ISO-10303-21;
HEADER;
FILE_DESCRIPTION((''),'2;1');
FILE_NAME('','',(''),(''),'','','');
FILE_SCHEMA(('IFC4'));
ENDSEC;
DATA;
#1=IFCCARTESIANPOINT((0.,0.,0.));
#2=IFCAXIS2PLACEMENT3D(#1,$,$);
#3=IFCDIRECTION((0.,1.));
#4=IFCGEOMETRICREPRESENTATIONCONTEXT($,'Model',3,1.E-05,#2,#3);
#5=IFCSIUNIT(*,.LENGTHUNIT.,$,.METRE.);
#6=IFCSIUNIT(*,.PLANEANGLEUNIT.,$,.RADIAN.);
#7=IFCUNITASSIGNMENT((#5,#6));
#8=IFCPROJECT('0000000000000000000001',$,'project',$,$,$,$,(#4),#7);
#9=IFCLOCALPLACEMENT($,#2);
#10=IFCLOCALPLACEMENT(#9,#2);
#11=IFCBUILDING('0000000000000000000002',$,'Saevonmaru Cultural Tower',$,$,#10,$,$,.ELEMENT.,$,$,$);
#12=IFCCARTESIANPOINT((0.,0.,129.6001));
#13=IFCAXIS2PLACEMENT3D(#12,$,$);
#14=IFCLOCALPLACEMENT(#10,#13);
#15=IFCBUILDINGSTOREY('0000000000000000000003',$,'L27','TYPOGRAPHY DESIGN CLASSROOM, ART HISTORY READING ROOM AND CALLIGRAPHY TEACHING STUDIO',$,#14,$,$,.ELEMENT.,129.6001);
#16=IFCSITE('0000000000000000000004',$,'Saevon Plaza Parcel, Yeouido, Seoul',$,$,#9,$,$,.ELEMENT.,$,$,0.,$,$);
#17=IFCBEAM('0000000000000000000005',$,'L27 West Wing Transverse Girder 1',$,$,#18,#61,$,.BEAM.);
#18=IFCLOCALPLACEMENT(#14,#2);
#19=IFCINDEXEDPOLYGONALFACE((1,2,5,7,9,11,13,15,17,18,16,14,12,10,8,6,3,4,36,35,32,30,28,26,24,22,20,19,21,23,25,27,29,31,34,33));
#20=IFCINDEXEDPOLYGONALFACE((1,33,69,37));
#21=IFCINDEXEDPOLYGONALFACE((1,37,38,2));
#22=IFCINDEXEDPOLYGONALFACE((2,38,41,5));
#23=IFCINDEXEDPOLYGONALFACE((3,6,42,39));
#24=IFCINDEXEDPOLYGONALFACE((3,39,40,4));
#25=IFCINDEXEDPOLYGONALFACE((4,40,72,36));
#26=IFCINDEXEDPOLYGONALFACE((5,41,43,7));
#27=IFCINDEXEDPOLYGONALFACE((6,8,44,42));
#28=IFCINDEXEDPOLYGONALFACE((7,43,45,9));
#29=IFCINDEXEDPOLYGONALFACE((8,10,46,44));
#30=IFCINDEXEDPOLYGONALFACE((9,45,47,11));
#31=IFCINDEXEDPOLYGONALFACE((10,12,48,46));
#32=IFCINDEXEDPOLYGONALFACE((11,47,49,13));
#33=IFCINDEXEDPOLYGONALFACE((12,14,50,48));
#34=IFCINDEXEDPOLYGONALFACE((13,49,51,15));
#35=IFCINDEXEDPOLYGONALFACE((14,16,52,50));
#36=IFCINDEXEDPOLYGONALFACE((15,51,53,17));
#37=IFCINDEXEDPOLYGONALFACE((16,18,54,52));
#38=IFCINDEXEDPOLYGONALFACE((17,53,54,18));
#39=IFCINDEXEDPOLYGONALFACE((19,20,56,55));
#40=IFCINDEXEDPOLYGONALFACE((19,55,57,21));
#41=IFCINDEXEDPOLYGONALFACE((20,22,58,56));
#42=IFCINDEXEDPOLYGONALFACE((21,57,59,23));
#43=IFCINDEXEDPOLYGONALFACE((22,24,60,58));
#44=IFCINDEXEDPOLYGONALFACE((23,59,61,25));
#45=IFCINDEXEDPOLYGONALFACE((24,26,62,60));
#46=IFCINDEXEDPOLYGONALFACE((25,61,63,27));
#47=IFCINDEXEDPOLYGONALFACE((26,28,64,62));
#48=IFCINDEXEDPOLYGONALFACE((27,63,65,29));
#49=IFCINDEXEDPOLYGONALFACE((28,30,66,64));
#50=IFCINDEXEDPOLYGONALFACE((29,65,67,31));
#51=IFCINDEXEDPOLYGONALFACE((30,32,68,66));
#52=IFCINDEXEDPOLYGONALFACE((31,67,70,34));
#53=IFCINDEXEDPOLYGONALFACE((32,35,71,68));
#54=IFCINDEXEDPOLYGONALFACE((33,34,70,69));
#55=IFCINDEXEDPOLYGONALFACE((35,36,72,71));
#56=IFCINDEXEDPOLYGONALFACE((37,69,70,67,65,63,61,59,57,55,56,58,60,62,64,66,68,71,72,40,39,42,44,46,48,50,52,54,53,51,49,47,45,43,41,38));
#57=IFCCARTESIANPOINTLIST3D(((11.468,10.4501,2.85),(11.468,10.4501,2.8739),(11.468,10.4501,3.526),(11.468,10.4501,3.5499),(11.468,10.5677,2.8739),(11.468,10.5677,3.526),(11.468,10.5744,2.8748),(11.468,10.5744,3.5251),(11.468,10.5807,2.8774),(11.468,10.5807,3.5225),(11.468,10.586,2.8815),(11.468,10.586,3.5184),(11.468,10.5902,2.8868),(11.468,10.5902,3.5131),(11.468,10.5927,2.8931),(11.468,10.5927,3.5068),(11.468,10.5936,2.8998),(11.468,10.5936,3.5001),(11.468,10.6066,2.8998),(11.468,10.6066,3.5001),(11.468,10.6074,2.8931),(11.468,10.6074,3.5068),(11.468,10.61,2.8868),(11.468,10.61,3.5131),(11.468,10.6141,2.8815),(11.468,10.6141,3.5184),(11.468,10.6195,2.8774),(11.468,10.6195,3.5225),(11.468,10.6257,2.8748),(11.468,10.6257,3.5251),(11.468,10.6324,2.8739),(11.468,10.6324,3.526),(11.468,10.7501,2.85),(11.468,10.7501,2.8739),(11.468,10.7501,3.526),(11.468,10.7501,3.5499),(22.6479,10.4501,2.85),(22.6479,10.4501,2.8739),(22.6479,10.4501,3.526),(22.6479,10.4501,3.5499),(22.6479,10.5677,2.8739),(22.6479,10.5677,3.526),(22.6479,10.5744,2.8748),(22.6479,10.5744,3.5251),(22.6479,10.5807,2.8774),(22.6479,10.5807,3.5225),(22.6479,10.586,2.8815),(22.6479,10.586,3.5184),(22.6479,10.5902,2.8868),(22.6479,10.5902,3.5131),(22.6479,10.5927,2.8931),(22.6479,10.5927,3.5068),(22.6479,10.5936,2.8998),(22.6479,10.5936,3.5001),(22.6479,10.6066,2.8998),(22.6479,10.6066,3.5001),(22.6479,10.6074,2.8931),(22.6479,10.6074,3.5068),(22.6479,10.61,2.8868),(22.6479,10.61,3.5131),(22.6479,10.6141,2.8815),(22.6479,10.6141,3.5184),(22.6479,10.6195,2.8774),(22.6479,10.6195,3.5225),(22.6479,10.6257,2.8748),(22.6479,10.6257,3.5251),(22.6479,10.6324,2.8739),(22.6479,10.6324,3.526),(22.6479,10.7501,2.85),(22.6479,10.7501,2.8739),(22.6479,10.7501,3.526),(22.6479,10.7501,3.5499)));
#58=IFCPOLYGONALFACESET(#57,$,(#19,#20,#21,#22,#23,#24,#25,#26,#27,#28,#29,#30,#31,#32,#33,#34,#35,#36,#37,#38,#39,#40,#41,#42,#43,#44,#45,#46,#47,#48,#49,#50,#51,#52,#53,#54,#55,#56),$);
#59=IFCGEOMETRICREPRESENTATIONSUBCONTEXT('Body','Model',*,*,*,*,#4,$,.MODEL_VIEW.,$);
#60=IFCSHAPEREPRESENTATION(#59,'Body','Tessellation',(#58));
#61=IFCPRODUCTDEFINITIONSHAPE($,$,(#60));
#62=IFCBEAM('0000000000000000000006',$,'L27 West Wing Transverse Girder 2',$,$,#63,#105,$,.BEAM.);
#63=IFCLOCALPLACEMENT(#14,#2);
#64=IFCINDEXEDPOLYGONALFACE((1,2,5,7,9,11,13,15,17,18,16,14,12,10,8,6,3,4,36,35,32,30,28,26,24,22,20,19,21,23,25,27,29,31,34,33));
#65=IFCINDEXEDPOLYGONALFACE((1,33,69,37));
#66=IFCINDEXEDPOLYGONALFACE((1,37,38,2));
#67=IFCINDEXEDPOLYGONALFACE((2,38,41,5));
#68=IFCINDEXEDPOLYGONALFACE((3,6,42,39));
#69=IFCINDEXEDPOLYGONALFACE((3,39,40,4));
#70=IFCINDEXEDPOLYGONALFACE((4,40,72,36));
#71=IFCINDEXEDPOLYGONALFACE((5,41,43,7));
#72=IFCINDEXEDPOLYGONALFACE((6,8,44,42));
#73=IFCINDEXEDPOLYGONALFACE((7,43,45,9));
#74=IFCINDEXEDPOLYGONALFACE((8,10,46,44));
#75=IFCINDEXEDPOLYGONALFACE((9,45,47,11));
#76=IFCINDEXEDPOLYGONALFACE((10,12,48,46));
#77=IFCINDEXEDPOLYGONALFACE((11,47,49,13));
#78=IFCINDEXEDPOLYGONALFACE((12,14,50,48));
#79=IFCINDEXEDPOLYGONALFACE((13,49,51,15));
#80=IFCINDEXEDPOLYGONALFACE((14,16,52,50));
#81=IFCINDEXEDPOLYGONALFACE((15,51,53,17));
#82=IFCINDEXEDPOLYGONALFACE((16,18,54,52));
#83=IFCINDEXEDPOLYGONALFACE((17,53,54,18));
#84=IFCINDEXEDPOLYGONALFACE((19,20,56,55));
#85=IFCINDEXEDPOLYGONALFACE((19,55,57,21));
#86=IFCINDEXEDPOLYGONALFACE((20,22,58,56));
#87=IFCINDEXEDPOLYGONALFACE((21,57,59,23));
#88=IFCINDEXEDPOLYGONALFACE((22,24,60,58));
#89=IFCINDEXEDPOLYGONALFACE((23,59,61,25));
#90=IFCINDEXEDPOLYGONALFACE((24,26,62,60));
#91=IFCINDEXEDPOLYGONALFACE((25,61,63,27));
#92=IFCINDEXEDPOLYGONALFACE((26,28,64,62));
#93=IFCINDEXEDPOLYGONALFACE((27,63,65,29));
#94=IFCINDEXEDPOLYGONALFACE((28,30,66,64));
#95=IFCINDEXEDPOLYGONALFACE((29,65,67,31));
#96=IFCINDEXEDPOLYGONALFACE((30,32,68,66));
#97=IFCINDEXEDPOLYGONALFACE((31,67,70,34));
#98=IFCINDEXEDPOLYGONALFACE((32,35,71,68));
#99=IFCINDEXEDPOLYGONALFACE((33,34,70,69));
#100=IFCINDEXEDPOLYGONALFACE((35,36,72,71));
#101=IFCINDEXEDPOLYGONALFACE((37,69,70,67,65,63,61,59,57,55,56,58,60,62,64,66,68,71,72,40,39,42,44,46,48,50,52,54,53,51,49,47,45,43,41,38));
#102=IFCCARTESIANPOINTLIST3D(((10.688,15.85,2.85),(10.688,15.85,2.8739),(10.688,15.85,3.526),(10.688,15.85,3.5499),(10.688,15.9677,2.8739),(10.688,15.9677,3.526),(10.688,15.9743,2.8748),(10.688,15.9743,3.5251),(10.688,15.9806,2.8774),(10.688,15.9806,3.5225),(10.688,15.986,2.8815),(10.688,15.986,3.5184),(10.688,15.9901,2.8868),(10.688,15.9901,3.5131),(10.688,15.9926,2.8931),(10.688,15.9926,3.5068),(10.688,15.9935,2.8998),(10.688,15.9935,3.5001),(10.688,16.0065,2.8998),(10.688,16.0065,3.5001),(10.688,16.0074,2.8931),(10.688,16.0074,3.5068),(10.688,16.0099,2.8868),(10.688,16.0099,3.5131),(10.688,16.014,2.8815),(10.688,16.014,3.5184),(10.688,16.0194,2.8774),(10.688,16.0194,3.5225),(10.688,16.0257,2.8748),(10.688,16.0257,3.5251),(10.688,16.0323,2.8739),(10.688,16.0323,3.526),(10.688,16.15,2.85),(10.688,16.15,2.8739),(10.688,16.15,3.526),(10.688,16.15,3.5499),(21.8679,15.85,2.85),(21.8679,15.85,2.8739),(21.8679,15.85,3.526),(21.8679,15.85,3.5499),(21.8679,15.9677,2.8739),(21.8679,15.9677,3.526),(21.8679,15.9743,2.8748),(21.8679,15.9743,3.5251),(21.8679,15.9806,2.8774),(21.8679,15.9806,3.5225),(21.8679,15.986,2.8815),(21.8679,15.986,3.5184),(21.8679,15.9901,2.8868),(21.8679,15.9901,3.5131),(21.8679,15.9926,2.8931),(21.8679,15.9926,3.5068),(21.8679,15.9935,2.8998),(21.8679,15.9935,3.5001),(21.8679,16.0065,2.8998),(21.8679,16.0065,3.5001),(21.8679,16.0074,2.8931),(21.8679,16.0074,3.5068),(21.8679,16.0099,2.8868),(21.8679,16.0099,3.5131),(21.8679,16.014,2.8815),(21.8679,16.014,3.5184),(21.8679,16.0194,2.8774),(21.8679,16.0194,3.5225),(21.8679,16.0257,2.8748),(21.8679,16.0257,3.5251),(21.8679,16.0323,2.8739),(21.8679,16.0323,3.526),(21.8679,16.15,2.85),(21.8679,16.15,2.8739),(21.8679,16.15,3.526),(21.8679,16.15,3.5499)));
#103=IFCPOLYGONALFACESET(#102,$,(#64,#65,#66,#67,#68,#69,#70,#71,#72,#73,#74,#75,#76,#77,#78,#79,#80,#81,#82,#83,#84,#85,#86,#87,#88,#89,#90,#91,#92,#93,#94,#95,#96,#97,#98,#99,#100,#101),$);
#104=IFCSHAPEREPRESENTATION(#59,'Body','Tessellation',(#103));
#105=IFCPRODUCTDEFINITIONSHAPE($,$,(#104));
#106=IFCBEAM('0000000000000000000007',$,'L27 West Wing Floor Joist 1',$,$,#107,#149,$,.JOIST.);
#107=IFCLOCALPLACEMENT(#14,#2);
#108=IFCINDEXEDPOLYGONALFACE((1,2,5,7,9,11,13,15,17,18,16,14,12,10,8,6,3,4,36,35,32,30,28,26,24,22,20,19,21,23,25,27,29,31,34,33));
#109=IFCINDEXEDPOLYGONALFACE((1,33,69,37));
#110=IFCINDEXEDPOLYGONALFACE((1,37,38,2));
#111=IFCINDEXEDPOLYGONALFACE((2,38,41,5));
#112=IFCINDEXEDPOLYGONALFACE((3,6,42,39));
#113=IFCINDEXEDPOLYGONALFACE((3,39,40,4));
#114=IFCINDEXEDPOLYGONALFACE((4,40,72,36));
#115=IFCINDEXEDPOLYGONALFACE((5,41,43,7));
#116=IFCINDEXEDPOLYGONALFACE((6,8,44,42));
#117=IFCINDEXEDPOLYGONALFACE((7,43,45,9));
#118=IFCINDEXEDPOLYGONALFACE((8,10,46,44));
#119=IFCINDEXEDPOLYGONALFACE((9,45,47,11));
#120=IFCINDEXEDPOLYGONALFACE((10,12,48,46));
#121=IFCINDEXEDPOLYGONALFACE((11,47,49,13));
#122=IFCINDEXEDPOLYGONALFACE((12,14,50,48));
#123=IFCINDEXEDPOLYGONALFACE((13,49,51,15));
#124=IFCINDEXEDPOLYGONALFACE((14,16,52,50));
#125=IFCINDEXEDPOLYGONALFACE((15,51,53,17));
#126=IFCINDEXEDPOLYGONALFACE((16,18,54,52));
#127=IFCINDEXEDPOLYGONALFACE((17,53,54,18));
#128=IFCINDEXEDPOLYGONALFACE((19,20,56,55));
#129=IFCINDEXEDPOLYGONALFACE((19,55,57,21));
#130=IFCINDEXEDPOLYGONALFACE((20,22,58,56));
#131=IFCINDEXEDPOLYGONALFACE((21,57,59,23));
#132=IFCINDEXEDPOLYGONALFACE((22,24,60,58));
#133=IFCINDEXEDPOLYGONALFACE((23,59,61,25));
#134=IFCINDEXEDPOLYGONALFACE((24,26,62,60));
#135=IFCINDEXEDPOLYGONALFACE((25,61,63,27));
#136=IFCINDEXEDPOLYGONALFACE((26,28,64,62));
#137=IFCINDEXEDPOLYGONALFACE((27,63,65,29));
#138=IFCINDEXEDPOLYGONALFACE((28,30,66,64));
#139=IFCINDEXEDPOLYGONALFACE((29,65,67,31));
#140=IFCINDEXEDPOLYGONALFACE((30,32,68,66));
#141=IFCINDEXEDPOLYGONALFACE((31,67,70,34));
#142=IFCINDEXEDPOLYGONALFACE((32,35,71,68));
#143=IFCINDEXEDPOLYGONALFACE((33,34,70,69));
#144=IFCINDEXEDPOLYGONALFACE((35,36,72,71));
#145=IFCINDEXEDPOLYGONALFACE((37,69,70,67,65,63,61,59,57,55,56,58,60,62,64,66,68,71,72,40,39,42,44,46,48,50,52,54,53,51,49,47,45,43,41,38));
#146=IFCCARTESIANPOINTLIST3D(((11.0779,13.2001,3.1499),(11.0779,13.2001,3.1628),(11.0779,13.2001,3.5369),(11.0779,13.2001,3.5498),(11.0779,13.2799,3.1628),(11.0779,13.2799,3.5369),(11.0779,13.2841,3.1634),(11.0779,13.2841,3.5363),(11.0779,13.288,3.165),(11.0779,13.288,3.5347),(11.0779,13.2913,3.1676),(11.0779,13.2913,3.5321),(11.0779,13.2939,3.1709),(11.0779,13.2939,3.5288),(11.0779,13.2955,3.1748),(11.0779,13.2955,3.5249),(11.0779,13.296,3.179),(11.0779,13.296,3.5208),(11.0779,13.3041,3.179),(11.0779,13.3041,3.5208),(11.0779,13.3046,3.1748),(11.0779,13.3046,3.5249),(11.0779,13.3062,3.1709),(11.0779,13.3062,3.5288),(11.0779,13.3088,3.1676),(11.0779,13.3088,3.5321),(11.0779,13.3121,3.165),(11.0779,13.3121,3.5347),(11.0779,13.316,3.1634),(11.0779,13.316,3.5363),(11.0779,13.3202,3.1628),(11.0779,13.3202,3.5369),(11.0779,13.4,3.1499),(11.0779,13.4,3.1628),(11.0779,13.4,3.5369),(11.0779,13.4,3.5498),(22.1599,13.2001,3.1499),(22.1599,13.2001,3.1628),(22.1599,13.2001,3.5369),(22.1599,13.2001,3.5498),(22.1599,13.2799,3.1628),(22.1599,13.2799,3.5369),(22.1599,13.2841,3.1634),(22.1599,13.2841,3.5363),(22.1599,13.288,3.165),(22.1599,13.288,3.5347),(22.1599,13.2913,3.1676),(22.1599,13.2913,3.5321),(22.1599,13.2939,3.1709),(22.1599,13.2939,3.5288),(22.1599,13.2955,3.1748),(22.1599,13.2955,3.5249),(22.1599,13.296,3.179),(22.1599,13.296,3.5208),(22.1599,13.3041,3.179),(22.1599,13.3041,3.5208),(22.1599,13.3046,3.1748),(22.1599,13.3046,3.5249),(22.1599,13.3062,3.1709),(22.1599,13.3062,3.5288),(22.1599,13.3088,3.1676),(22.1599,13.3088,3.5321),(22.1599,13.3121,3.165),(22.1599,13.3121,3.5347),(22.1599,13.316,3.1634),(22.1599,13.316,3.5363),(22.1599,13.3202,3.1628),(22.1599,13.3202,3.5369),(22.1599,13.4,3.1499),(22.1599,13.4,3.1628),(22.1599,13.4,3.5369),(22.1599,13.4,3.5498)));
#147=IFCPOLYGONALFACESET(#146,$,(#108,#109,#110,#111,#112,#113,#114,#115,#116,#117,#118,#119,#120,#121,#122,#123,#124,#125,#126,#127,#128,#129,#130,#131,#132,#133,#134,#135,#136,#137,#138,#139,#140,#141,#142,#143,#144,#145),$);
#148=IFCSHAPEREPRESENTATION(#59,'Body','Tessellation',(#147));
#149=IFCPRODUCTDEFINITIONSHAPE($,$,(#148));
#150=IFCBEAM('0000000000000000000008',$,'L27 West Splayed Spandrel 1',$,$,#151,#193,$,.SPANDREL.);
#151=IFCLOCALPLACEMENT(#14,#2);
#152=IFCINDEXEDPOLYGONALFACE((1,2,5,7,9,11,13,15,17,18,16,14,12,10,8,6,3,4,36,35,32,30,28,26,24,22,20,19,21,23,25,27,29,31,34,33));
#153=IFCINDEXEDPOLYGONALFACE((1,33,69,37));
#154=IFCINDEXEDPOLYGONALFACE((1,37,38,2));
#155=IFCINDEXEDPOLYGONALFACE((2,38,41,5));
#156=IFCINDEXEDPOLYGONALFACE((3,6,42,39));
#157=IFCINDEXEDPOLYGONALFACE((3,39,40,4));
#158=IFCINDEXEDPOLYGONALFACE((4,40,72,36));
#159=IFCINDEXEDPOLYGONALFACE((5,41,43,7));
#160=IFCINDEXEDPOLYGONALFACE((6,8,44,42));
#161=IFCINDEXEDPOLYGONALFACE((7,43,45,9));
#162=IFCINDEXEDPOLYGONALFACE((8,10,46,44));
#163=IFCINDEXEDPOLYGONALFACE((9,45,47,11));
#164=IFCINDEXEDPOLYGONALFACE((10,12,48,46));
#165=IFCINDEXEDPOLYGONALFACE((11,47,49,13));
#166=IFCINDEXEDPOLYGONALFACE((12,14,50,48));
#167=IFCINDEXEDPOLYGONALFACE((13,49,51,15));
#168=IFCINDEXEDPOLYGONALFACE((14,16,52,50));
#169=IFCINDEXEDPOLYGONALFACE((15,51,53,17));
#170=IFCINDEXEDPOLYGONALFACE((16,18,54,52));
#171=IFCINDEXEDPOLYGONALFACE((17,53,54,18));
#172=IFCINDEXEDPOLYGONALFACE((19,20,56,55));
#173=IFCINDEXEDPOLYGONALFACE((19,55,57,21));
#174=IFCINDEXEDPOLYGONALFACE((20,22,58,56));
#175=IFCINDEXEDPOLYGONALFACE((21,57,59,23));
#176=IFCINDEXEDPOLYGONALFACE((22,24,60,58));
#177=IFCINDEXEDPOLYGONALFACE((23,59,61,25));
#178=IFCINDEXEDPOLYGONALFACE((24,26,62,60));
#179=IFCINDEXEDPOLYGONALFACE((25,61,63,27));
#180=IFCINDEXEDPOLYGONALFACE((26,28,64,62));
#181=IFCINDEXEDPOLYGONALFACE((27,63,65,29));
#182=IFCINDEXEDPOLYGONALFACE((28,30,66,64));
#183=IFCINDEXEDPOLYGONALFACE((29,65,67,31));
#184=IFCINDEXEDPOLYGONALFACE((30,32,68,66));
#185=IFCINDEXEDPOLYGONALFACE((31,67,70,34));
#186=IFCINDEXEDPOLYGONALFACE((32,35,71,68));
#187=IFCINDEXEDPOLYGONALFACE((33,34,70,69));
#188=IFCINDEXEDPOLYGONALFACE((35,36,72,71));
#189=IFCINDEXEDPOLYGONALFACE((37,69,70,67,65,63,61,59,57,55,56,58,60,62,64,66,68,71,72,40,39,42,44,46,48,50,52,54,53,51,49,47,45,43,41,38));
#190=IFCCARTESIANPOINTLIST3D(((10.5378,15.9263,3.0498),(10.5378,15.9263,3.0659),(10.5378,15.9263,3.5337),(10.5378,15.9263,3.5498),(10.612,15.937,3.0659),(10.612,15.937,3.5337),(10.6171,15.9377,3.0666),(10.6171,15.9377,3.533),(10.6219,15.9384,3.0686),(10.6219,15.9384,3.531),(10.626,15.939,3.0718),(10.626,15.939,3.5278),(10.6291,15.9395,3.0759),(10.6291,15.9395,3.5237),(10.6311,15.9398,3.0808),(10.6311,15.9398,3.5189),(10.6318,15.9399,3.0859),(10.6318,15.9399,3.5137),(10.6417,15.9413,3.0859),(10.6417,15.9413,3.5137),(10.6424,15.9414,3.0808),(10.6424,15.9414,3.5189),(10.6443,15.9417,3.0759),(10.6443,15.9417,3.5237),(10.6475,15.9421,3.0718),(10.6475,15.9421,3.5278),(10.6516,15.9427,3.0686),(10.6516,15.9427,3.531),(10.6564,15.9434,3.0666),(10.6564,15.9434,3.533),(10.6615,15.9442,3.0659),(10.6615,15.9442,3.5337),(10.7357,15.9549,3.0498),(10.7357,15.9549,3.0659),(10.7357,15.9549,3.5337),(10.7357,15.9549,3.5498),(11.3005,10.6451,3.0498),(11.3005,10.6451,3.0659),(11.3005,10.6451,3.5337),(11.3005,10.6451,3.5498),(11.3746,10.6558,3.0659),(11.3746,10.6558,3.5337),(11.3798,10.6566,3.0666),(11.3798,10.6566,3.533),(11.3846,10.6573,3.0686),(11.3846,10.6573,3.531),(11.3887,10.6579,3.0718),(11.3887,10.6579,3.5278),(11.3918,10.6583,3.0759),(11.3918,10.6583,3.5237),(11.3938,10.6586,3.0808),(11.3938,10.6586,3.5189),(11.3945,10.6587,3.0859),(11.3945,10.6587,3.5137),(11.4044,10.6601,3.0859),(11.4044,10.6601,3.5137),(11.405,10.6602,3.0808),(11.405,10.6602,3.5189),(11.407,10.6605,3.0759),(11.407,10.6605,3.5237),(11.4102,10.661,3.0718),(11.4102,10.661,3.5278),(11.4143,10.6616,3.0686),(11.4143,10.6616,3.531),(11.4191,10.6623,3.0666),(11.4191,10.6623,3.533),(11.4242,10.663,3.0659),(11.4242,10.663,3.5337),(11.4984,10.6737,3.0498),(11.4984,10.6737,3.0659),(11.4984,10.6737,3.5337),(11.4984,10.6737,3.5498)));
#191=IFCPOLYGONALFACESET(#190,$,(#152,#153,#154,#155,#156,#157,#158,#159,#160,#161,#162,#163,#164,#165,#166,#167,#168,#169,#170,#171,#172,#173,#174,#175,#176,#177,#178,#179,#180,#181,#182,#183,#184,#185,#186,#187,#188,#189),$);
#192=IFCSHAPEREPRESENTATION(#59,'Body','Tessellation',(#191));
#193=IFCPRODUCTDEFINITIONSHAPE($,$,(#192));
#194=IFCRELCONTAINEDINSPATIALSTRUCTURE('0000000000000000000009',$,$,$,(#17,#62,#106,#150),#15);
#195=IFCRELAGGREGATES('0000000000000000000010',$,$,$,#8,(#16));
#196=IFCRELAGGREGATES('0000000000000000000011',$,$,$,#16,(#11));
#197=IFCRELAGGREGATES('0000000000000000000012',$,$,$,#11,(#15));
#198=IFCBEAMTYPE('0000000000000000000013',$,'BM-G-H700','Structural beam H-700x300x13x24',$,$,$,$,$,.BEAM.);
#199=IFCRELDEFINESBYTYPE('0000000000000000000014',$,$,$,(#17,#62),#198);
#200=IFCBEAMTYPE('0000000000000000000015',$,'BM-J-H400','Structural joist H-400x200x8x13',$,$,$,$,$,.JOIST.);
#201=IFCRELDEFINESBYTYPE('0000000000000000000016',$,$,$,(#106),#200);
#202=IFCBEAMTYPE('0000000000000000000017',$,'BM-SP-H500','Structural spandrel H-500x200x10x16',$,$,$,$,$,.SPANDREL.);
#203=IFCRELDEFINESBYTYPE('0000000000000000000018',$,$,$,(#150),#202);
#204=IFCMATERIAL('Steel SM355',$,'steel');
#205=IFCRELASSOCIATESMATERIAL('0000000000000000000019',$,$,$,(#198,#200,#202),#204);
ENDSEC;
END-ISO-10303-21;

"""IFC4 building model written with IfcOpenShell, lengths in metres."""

from ifc_helpers import new_model, si_unit, direction, frame, origin, origin_2d, place, context, subcontext, project, spatial, i_section, extrude, material, material_profile, profile_set, type_object, element, save


model = new_model("IFC4")

# Units and contexts
model_context = context("Model", 3, precision=1e-05, world=origin(), true_north=direction((0.0, 1.0)))
body_context = subcontext(model_context, "Body", "Model", "MODEL_VIEW")
ifc_project = project(units=[si_unit("LENGTHUNIT", "METRE"), si_unit("PLANEANGLEUNIT", "RADIAN")], contexts=[model_context])

# Site, building, storey
site_placement = place(None, origin())
site = spatial("IfcSite", under=ifc_project, at=site_placement, Name="Saevon Plaza Parcel, Yeouido, Seoul", CompositionType="ELEMENT", RefElevation=0.0)
building_placement = place(site_placement, origin())
building = spatial("IfcBuilding", under=site, at=building_placement, Name="Saevonmaru Cultural Tower", CompositionType="ELEMENT")
storey_placement = place(building_placement, frame((0.0, 0.0, 129.6001)))
storey = spatial("IfcBuildingStorey", under=building, at=storey_placement, Name="L27", Description="TYPOGRAPHY DESIGN CLASSROOM, ART HISTORY READING ROOM AND CALLIGRAPHY TEACHING STUDIO", CompositionType="ELEMENT", Elevation=129.6001)

# Shared definitions
ifc_material_1 = material(Name="Steel SM355", Category="steel")

# Beams
ifc_material_profile_1 = material_profile(ifc_material_1, i_section(OverallWidth=0.3, OverallDepth=0.7, WebThickness=0.0129, FlangeThickness=0.0239, FilletRadius=0.0259, at=origin_2d()), Name="H-700x300x13x24")
ifc_profile_set_1 = profile_set([ifc_material_profile_1], Name="Steel SM355")
beam_type_1 = type_object("IfcBeamType", Name="BM-G-H700", Description="Structural beam H-700x300x13x24", PredefinedType="BEAM", material=ifc_profile_set_1)
for number, where, z_axis, x_axis, name in (
    (1, (11.468, 10.6001, 3.2), (1.0, 0.0, 0.0), (0.0, 1.0, 0.0), "L27 West Wing Transverse Girder 1"),
    (2, (10.688, 16.0, 3.2), (1.0, 0.0, 0.0), (0.0, 1.0, 0.0), "L27 West Wing Transverse Girder 2"),
):
    element("IfcBeam", number, at=place(storey_placement, frame(where, z_axis=z_axis, x_axis=x_axis)), inside=storey, type_object=beam_type_1, Name=name, PredefinedType="BEAM", context=body_context, shape_type="SweptSolid", body=[
        extrude(i_section(OverallWidth=0.3, OverallDepth=0.7, WebThickness=0.0129, FlangeThickness=0.0239, FilletRadius=0.0259, at=origin_2d()), origin(), (0.0, 0.0, 1.0), 11.1799),
    ])
ifc_material_profile_2 = material_profile(ifc_material_1, i_section(OverallWidth=0.2, OverallDepth=0.3999, WebThickness=0.0081, FlangeThickness=0.0129, FilletRadius=0.0161, at=origin_2d()), Name="H-400x200x8x13")
ifc_profile_set_2 = profile_set([ifc_material_profile_2], Name="Steel SM355")
beam_type_2 = type_object("IfcBeamType", Name="BM-J-H400", Description="Structural joist H-400x200x8x13", PredefinedType="JOIST", material=ifc_profile_set_2)
beam_1_placement = place(storey_placement, frame((11.0779, 13.3, 3.3499), z_axis=(1.0, 0.0, 0.0), x_axis=(0.0, 1.0, 0.0)))
element("IfcBeam", 3, at=beam_1_placement, inside=storey, type_object=beam_type_2, Name="L27 West Wing Floor Joist 1", PredefinedType="JOIST", context=body_context, shape_type="SweptSolid", body=[
    extrude(i_section(OverallWidth=0.2, OverallDepth=0.3999, WebThickness=0.0081, FlangeThickness=0.0129, FilletRadius=0.0161, at=origin_2d()), origin(), (0.0, 0.0, 1.0), 11.082),
])
ifc_material_profile_3 = material_profile(ifc_material_1, i_section(OverallWidth=0.2, OverallDepth=0.5, WebThickness=0.01, FlangeThickness=0.0161, FilletRadius=0.02, at=origin_2d()), Name="H-500x200x10x16")
ifc_profile_set_3 = profile_set([ifc_material_profile_3], Name="Steel SM355")
beam_type_3 = type_object("IfcBeamType", Name="BM-SP-H500", Description="Structural spandrel H-500x200x10x16", PredefinedType="SPANDREL", material=ifc_profile_set_3)
beam_2_placement = place(storey_placement, frame((11.3994, 10.6594, 3.2998), z_axis=(-0.142933, 0.989732, 0.0), x_axis=(-0.989732, -0.142933, 0.0)))
element("IfcBeam", 4, at=beam_2_placement, inside=storey, type_object=beam_type_3, Name="L27 West Splayed Spandrel 1", PredefinedType="SPANDREL", context=body_context, shape_type="SweptSolid", body=[
    extrude(i_section(OverallWidth=0.2, OverallDepth=0.5, WebThickness=0.01, FlangeThickness=0.0161, FilletRadius=0.02, at=origin_2d()), origin(), (0.0, 0.0, 1.0), 5.3359),
])

save(model, "model.ifc")
